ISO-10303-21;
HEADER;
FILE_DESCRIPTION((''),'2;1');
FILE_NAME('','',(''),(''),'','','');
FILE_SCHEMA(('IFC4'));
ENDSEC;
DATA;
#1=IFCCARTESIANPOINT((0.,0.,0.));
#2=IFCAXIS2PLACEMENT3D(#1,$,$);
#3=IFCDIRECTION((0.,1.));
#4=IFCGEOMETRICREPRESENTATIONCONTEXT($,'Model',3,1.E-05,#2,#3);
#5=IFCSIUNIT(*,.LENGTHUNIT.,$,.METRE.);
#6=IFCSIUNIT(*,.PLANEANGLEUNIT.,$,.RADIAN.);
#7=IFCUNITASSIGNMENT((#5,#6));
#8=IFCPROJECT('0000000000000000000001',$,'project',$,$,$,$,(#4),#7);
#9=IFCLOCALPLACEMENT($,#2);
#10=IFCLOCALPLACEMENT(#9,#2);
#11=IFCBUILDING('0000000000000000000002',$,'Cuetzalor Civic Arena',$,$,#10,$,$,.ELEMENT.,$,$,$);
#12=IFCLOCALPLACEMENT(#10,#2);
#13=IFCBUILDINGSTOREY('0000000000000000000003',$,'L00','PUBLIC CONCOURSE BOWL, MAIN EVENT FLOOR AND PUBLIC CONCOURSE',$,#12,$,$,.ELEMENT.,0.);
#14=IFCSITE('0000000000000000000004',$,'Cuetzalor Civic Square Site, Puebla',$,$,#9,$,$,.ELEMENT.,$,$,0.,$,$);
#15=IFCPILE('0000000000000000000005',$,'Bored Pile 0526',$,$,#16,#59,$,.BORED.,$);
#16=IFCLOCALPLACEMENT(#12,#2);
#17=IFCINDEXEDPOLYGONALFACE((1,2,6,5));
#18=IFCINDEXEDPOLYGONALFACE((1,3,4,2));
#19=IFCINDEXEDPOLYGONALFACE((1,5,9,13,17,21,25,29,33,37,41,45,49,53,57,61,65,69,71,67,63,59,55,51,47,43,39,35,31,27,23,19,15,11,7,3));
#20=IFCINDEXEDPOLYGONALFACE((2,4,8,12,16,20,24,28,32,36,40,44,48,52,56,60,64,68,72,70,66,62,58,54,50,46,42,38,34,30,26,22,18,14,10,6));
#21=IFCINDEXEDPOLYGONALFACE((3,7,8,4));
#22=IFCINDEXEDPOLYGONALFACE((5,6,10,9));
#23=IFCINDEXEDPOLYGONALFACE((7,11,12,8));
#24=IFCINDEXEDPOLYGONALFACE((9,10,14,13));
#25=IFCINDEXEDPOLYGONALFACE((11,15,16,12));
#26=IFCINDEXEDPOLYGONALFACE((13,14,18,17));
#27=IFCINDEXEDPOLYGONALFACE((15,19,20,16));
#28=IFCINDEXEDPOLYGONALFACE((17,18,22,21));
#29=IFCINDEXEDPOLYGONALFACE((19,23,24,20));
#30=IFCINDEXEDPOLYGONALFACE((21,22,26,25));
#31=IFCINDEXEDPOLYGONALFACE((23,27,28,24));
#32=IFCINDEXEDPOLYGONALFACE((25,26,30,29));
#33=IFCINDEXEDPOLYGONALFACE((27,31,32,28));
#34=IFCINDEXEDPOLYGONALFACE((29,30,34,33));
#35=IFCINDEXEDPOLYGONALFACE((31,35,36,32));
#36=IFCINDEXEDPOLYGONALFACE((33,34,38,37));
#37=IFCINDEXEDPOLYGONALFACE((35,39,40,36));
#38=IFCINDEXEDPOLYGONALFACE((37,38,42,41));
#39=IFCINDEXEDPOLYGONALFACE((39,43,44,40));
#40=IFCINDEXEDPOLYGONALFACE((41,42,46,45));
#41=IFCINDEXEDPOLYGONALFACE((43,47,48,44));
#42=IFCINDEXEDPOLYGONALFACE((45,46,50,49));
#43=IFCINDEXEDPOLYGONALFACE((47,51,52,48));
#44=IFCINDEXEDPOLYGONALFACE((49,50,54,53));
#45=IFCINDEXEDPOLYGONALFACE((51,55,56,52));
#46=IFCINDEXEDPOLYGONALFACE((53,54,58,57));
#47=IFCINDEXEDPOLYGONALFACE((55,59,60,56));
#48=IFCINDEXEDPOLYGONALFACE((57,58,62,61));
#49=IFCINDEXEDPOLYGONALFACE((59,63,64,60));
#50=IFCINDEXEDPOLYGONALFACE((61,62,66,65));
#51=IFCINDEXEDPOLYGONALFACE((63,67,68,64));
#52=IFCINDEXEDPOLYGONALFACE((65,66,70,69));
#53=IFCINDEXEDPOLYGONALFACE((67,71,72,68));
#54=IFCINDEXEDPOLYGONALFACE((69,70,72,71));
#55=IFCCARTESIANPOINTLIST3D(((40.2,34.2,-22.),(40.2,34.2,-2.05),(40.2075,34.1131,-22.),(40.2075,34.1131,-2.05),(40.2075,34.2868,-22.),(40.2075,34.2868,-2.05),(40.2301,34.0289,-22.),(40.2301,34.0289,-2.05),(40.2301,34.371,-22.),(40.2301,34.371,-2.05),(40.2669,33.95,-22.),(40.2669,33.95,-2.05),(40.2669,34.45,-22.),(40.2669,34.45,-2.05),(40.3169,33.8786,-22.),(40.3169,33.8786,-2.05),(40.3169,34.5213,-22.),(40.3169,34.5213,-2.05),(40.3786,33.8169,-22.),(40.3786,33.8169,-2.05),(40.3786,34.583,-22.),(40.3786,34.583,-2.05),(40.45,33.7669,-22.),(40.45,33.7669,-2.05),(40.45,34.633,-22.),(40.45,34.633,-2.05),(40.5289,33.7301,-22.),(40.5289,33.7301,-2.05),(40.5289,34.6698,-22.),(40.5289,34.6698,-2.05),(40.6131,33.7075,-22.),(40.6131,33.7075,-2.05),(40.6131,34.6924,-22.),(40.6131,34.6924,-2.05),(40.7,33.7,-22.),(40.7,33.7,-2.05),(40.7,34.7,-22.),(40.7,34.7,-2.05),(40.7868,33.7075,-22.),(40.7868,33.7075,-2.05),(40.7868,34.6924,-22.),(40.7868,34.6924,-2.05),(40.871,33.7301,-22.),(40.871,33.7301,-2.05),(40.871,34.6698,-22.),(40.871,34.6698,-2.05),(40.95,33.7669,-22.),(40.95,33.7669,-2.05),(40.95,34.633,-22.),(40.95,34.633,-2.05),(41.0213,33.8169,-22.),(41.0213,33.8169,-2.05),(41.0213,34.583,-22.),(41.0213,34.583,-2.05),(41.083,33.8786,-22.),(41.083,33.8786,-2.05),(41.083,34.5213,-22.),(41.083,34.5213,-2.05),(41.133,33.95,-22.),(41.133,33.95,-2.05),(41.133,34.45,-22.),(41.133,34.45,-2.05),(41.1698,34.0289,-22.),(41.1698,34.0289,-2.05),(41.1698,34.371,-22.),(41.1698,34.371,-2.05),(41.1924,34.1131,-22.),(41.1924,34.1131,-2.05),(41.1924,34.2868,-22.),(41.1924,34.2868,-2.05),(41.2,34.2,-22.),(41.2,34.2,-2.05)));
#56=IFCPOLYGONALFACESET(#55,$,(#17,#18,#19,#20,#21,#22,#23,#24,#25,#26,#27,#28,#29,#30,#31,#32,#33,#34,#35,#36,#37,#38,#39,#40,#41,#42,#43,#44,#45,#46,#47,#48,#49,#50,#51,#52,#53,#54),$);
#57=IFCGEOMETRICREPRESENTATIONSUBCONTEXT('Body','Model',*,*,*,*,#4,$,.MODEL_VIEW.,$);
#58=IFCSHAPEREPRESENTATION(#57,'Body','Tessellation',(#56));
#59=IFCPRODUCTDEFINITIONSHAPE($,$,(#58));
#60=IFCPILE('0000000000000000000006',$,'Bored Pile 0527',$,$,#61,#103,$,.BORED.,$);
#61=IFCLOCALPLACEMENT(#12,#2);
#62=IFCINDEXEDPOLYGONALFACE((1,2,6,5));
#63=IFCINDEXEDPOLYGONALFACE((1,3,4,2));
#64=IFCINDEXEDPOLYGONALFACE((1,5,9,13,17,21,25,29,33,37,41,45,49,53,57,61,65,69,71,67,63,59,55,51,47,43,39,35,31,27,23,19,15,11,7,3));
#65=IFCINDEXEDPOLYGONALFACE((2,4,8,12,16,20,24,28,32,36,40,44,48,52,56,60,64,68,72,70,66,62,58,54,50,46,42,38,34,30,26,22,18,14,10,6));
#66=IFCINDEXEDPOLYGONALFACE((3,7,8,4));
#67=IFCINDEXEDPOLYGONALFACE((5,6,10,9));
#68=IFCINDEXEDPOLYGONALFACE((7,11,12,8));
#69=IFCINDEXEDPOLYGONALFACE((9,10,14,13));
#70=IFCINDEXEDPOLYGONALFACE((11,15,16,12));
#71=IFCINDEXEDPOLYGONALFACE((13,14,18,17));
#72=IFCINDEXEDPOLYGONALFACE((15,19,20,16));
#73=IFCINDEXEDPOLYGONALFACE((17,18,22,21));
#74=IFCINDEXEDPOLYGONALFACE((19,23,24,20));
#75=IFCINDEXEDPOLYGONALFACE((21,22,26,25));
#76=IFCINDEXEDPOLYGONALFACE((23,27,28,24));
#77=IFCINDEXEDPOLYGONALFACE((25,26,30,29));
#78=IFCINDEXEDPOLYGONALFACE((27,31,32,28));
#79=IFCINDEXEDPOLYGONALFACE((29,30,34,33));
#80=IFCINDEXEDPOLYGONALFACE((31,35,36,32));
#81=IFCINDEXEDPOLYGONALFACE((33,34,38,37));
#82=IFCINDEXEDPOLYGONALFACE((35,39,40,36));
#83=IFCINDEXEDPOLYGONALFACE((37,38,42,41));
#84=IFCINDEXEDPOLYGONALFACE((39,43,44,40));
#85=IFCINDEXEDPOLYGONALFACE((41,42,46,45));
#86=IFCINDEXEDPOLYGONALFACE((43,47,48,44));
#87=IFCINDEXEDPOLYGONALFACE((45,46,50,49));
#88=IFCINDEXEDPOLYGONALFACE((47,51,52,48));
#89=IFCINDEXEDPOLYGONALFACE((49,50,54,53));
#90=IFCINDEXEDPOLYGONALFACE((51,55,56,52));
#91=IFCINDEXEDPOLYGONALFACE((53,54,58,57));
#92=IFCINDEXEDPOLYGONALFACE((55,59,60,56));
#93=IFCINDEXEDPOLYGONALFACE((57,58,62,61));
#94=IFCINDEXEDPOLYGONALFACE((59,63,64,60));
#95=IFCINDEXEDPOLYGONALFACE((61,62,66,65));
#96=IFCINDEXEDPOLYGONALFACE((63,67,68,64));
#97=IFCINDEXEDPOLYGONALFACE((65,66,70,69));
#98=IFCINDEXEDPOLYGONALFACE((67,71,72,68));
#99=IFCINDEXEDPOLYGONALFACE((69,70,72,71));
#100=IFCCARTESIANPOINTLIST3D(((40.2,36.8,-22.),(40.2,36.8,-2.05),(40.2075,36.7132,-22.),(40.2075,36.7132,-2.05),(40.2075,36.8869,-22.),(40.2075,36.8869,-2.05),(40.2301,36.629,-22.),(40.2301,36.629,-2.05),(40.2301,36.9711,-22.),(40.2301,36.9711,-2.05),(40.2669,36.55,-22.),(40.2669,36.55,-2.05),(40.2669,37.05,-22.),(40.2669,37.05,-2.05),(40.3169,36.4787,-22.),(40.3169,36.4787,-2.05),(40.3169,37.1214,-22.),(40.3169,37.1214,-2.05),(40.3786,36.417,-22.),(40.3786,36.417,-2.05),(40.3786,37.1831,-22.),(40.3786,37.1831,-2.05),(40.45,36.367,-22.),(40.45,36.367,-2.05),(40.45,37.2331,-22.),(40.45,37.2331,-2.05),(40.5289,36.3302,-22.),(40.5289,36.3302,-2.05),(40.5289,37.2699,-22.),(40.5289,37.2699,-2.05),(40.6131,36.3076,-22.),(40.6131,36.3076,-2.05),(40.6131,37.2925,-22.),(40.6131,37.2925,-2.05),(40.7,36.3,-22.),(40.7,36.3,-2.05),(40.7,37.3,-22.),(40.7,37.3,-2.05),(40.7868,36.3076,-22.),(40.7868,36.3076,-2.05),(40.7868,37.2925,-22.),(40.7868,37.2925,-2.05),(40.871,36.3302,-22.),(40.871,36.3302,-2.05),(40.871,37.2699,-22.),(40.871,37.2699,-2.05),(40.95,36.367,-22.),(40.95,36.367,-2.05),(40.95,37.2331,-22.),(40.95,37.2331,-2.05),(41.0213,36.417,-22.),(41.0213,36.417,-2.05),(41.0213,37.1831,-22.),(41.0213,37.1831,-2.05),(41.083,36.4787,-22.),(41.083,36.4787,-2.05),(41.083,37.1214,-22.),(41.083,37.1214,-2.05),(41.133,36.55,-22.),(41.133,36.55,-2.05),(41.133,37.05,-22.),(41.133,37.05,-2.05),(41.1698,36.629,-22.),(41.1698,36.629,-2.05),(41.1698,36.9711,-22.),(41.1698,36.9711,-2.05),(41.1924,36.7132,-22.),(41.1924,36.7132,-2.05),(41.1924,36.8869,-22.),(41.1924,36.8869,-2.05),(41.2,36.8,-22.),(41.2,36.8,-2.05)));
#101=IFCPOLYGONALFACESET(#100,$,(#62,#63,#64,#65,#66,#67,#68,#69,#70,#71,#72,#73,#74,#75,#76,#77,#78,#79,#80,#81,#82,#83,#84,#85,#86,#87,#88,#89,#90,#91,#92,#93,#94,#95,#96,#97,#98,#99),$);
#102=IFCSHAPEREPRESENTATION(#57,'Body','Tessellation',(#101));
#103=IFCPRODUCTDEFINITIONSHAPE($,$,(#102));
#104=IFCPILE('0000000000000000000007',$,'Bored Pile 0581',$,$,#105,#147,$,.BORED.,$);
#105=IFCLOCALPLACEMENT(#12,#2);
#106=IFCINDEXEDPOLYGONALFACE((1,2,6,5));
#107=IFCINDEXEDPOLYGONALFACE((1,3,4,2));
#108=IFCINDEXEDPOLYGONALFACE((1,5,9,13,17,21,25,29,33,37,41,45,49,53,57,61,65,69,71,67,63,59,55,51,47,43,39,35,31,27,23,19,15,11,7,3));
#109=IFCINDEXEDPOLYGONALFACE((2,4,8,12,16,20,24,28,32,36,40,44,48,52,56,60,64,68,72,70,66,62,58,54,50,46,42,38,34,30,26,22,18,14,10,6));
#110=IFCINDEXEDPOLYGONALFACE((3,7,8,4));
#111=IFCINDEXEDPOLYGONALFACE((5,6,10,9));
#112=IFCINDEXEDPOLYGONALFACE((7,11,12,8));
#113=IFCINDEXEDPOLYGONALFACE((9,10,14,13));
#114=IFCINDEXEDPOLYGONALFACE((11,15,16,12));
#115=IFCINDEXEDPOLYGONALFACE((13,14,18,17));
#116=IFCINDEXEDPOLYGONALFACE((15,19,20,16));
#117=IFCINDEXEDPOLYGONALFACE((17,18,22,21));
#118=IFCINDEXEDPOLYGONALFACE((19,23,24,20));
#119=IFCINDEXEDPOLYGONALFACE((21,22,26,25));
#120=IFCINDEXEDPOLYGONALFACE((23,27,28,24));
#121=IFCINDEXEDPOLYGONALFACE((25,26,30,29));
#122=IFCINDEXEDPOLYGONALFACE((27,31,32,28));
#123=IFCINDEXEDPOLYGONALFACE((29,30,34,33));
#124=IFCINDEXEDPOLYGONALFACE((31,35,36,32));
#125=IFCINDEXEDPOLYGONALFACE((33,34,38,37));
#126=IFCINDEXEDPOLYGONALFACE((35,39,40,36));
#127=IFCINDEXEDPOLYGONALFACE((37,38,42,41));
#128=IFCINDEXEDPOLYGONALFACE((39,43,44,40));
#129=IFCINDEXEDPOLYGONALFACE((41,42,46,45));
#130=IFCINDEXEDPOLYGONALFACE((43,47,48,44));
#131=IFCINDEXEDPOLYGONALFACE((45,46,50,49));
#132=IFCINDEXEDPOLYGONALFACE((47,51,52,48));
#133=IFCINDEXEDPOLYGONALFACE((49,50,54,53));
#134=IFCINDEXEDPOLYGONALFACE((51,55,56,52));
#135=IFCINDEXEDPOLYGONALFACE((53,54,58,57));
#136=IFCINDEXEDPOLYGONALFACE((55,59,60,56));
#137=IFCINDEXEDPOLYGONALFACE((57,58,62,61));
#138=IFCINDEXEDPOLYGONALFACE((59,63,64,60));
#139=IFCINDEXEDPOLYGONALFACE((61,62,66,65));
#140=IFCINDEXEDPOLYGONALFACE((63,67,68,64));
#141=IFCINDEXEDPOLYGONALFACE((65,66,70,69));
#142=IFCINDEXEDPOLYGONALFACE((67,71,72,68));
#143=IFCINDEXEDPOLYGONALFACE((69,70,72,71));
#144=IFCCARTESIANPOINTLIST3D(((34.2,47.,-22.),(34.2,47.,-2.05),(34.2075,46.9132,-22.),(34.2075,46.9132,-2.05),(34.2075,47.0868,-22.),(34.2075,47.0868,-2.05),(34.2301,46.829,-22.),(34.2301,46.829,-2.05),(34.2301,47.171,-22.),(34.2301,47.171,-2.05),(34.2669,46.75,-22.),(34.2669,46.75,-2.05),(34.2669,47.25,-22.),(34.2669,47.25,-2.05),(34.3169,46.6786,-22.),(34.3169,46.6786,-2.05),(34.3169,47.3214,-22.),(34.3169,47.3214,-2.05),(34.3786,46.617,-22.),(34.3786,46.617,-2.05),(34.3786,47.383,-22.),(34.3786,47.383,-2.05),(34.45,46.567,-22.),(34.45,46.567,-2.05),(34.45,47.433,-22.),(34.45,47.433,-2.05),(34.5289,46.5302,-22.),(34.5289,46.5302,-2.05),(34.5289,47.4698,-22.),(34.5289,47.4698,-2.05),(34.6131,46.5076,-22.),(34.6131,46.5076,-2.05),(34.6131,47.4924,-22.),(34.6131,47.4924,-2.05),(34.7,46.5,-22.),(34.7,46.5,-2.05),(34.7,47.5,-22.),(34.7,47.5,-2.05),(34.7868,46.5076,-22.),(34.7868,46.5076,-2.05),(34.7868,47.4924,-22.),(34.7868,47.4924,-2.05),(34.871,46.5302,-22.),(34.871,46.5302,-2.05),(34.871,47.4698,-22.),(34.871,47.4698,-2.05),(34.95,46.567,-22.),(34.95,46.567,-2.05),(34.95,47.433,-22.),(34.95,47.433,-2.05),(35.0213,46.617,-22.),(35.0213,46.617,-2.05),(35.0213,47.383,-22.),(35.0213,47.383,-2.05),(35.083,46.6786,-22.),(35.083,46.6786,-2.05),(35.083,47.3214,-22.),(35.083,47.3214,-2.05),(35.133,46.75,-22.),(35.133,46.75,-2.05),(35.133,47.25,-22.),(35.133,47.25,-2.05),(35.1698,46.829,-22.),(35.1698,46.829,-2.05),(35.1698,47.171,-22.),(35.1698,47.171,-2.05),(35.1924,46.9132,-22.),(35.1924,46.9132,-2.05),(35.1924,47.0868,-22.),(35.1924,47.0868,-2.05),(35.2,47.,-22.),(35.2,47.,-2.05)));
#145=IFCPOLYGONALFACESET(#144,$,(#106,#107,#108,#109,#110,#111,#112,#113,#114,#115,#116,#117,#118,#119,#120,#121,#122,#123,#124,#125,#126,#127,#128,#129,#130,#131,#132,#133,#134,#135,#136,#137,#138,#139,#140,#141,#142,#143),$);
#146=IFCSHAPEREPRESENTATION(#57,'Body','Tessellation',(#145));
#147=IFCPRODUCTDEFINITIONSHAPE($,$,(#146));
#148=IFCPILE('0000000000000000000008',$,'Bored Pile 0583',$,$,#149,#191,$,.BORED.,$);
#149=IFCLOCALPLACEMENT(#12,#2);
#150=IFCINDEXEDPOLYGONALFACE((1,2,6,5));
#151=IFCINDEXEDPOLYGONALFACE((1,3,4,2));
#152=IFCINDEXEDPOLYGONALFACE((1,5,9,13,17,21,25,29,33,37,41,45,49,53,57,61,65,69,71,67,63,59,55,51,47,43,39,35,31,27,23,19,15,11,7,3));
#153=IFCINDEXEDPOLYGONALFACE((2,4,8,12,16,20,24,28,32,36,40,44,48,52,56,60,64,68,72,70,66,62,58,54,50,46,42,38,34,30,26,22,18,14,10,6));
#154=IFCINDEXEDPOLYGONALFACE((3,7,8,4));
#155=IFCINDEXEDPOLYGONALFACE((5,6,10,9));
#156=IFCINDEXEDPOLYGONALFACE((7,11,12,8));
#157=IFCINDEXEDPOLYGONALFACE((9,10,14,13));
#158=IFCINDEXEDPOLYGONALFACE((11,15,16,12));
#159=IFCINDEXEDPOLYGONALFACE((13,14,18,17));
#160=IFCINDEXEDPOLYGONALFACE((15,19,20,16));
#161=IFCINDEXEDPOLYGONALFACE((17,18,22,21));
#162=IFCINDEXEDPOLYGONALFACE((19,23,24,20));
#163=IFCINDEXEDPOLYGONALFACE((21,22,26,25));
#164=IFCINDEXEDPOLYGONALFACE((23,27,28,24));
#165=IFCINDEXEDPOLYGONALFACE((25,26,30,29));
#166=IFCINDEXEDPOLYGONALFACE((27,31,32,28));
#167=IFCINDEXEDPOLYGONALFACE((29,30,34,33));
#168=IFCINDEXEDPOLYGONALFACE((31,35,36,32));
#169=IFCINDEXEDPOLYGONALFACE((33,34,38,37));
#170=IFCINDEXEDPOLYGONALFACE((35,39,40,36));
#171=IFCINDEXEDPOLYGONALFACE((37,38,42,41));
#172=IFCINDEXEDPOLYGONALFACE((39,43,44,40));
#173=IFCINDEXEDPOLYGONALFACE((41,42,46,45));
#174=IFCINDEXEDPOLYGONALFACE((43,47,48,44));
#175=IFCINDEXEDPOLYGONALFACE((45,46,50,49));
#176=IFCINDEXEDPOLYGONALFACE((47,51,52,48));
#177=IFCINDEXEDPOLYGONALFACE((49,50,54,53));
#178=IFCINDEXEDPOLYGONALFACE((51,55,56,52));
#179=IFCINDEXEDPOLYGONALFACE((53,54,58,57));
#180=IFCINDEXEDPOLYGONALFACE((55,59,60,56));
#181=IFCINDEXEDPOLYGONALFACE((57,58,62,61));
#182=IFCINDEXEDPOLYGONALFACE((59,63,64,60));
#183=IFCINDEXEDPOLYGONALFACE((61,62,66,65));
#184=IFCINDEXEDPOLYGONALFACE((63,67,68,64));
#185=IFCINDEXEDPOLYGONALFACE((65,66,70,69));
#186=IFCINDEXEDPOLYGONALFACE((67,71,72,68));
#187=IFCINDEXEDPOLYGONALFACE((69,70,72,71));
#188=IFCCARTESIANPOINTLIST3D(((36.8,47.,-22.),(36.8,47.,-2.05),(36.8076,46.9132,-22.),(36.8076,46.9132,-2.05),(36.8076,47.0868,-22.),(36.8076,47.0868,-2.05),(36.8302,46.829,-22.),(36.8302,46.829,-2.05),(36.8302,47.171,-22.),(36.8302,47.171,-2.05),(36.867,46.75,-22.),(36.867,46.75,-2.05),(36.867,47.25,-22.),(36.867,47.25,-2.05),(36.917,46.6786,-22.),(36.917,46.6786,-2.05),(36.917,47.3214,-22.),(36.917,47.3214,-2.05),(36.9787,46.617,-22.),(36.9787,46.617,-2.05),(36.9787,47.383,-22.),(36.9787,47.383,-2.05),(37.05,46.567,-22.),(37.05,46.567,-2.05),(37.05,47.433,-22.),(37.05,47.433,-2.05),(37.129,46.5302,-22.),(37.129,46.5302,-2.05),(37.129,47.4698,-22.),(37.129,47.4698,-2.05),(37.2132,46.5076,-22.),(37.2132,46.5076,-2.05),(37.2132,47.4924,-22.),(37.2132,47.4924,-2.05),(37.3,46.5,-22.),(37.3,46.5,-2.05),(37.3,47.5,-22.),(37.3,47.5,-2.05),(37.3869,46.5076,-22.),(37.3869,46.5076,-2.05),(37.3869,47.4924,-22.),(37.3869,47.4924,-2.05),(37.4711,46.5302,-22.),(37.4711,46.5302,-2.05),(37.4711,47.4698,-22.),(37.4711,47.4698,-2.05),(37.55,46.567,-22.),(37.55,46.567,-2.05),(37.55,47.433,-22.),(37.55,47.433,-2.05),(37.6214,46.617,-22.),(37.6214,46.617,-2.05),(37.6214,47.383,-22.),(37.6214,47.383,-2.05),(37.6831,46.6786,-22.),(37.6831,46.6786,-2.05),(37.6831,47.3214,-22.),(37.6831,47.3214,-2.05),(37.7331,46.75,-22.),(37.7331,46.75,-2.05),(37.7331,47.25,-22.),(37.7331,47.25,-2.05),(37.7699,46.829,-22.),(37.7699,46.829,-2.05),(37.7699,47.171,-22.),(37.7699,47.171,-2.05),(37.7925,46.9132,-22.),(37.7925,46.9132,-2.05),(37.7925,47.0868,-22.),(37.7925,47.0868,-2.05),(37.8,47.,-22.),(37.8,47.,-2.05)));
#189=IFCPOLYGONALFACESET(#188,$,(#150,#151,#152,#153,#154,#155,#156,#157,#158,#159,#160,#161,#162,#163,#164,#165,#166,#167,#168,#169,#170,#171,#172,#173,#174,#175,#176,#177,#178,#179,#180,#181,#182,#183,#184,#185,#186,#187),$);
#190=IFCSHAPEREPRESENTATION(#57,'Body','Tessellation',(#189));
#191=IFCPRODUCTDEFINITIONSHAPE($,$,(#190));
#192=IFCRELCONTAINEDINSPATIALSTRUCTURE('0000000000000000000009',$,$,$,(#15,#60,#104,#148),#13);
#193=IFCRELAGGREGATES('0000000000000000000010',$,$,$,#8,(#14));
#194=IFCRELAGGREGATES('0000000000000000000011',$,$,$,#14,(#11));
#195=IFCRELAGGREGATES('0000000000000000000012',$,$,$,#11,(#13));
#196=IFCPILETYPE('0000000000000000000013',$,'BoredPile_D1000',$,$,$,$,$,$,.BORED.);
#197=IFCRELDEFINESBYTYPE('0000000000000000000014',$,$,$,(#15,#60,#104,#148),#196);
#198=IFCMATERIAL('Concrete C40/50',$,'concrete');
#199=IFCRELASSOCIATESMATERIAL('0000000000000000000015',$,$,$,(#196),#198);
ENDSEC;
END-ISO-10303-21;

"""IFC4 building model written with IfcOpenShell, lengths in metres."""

from ifc_helpers import new_model, si_unit, direction, frame, origin, origin_2d, place, context, subcontext, project, spatial, circle, extrude, material, material_profile, profile_set, type_object, element, save


model = new_model("IFC4")

# Units and contexts
model_context = context("Model", 3, precision=1e-05, world=origin(), true_north=direction((0.0, 1.0)))
body_context = subcontext(model_context, "Body", "Model", "MODEL_VIEW")
ifc_project = project(units=[si_unit("LENGTHUNIT", "METRE"), si_unit("PLANEANGLEUNIT", "RADIAN")], contexts=[model_context])

# Site, building, storey
site_placement = place(None, origin())
site = spatial("IfcSite", under=ifc_project, at=site_placement, Name="Cuetzalor Civic Square Site, Puebla", CompositionType="ELEMENT", RefElevation=0.0)
building_placement = place(site_placement, origin())
building = spatial("IfcBuilding", under=site, at=building_placement, Name="Cuetzalor Civic Arena", CompositionType="ELEMENT")
storey_placement = place(building_placement, origin())
storey = spatial("IfcBuildingStorey", under=building, at=storey_placement, Name="L00", Description="PUBLIC CONCOURSE BOWL, MAIN EVENT FLOOR AND PUBLIC CONCOURSE", CompositionType="ELEMENT", Elevation=0.0)

# Piles
ifc_material_1 = material(Name="Concrete C40/50", Category="concrete")
ifc_material_profile_1 = material_profile(ifc_material_1, circle(Radius=0.5, at=origin_2d()), Name="BORED PILE D1000")
ifc_profile_set_1 = profile_set([ifc_material_profile_1], Name="Concrete C40/50")
pile_type_1 = type_object("IfcPileType", Name="BoredPile_D1000", PredefinedType="BORED", material=ifc_profile_set_1)
for number, where, z_axis, x_axis, name in (
    (1, (40.7, 34.2, -2.05), (0.0, 0.0, -1.0), (1.0, 0.0, 0.0), "Bored Pile 0526"),
    (2, (40.7, 36.8, -2.05), (0.0, 0.0, -1.0), (1.0, 0.0, 0.0), "Bored Pile 0527"),
    (3, (34.7, 47.0, -2.05), (0.0, 0.0, -1.0), (1.0, 0.0, 0.0), "Bored Pile 0581"),
    (4, (37.3, 47.0, -2.05), (0.0, 0.0, -1.0), (1.0, 0.0, 0.0), "Bored Pile 0583"),
):
    element("IfcPile", number, at=place(storey_placement, frame(where, z_axis=z_axis, x_axis=x_axis)), inside=storey, type_object=pile_type_1, Name=name, PredefinedType="BORED", context=body_context, shape_type="SweptSolid", body=[
        extrude(circle(Radius=0.5, at=origin_2d()), origin(), (0.0, 0.0, 1.0), 19.95),
    ])

save(model, "model.ifc")
